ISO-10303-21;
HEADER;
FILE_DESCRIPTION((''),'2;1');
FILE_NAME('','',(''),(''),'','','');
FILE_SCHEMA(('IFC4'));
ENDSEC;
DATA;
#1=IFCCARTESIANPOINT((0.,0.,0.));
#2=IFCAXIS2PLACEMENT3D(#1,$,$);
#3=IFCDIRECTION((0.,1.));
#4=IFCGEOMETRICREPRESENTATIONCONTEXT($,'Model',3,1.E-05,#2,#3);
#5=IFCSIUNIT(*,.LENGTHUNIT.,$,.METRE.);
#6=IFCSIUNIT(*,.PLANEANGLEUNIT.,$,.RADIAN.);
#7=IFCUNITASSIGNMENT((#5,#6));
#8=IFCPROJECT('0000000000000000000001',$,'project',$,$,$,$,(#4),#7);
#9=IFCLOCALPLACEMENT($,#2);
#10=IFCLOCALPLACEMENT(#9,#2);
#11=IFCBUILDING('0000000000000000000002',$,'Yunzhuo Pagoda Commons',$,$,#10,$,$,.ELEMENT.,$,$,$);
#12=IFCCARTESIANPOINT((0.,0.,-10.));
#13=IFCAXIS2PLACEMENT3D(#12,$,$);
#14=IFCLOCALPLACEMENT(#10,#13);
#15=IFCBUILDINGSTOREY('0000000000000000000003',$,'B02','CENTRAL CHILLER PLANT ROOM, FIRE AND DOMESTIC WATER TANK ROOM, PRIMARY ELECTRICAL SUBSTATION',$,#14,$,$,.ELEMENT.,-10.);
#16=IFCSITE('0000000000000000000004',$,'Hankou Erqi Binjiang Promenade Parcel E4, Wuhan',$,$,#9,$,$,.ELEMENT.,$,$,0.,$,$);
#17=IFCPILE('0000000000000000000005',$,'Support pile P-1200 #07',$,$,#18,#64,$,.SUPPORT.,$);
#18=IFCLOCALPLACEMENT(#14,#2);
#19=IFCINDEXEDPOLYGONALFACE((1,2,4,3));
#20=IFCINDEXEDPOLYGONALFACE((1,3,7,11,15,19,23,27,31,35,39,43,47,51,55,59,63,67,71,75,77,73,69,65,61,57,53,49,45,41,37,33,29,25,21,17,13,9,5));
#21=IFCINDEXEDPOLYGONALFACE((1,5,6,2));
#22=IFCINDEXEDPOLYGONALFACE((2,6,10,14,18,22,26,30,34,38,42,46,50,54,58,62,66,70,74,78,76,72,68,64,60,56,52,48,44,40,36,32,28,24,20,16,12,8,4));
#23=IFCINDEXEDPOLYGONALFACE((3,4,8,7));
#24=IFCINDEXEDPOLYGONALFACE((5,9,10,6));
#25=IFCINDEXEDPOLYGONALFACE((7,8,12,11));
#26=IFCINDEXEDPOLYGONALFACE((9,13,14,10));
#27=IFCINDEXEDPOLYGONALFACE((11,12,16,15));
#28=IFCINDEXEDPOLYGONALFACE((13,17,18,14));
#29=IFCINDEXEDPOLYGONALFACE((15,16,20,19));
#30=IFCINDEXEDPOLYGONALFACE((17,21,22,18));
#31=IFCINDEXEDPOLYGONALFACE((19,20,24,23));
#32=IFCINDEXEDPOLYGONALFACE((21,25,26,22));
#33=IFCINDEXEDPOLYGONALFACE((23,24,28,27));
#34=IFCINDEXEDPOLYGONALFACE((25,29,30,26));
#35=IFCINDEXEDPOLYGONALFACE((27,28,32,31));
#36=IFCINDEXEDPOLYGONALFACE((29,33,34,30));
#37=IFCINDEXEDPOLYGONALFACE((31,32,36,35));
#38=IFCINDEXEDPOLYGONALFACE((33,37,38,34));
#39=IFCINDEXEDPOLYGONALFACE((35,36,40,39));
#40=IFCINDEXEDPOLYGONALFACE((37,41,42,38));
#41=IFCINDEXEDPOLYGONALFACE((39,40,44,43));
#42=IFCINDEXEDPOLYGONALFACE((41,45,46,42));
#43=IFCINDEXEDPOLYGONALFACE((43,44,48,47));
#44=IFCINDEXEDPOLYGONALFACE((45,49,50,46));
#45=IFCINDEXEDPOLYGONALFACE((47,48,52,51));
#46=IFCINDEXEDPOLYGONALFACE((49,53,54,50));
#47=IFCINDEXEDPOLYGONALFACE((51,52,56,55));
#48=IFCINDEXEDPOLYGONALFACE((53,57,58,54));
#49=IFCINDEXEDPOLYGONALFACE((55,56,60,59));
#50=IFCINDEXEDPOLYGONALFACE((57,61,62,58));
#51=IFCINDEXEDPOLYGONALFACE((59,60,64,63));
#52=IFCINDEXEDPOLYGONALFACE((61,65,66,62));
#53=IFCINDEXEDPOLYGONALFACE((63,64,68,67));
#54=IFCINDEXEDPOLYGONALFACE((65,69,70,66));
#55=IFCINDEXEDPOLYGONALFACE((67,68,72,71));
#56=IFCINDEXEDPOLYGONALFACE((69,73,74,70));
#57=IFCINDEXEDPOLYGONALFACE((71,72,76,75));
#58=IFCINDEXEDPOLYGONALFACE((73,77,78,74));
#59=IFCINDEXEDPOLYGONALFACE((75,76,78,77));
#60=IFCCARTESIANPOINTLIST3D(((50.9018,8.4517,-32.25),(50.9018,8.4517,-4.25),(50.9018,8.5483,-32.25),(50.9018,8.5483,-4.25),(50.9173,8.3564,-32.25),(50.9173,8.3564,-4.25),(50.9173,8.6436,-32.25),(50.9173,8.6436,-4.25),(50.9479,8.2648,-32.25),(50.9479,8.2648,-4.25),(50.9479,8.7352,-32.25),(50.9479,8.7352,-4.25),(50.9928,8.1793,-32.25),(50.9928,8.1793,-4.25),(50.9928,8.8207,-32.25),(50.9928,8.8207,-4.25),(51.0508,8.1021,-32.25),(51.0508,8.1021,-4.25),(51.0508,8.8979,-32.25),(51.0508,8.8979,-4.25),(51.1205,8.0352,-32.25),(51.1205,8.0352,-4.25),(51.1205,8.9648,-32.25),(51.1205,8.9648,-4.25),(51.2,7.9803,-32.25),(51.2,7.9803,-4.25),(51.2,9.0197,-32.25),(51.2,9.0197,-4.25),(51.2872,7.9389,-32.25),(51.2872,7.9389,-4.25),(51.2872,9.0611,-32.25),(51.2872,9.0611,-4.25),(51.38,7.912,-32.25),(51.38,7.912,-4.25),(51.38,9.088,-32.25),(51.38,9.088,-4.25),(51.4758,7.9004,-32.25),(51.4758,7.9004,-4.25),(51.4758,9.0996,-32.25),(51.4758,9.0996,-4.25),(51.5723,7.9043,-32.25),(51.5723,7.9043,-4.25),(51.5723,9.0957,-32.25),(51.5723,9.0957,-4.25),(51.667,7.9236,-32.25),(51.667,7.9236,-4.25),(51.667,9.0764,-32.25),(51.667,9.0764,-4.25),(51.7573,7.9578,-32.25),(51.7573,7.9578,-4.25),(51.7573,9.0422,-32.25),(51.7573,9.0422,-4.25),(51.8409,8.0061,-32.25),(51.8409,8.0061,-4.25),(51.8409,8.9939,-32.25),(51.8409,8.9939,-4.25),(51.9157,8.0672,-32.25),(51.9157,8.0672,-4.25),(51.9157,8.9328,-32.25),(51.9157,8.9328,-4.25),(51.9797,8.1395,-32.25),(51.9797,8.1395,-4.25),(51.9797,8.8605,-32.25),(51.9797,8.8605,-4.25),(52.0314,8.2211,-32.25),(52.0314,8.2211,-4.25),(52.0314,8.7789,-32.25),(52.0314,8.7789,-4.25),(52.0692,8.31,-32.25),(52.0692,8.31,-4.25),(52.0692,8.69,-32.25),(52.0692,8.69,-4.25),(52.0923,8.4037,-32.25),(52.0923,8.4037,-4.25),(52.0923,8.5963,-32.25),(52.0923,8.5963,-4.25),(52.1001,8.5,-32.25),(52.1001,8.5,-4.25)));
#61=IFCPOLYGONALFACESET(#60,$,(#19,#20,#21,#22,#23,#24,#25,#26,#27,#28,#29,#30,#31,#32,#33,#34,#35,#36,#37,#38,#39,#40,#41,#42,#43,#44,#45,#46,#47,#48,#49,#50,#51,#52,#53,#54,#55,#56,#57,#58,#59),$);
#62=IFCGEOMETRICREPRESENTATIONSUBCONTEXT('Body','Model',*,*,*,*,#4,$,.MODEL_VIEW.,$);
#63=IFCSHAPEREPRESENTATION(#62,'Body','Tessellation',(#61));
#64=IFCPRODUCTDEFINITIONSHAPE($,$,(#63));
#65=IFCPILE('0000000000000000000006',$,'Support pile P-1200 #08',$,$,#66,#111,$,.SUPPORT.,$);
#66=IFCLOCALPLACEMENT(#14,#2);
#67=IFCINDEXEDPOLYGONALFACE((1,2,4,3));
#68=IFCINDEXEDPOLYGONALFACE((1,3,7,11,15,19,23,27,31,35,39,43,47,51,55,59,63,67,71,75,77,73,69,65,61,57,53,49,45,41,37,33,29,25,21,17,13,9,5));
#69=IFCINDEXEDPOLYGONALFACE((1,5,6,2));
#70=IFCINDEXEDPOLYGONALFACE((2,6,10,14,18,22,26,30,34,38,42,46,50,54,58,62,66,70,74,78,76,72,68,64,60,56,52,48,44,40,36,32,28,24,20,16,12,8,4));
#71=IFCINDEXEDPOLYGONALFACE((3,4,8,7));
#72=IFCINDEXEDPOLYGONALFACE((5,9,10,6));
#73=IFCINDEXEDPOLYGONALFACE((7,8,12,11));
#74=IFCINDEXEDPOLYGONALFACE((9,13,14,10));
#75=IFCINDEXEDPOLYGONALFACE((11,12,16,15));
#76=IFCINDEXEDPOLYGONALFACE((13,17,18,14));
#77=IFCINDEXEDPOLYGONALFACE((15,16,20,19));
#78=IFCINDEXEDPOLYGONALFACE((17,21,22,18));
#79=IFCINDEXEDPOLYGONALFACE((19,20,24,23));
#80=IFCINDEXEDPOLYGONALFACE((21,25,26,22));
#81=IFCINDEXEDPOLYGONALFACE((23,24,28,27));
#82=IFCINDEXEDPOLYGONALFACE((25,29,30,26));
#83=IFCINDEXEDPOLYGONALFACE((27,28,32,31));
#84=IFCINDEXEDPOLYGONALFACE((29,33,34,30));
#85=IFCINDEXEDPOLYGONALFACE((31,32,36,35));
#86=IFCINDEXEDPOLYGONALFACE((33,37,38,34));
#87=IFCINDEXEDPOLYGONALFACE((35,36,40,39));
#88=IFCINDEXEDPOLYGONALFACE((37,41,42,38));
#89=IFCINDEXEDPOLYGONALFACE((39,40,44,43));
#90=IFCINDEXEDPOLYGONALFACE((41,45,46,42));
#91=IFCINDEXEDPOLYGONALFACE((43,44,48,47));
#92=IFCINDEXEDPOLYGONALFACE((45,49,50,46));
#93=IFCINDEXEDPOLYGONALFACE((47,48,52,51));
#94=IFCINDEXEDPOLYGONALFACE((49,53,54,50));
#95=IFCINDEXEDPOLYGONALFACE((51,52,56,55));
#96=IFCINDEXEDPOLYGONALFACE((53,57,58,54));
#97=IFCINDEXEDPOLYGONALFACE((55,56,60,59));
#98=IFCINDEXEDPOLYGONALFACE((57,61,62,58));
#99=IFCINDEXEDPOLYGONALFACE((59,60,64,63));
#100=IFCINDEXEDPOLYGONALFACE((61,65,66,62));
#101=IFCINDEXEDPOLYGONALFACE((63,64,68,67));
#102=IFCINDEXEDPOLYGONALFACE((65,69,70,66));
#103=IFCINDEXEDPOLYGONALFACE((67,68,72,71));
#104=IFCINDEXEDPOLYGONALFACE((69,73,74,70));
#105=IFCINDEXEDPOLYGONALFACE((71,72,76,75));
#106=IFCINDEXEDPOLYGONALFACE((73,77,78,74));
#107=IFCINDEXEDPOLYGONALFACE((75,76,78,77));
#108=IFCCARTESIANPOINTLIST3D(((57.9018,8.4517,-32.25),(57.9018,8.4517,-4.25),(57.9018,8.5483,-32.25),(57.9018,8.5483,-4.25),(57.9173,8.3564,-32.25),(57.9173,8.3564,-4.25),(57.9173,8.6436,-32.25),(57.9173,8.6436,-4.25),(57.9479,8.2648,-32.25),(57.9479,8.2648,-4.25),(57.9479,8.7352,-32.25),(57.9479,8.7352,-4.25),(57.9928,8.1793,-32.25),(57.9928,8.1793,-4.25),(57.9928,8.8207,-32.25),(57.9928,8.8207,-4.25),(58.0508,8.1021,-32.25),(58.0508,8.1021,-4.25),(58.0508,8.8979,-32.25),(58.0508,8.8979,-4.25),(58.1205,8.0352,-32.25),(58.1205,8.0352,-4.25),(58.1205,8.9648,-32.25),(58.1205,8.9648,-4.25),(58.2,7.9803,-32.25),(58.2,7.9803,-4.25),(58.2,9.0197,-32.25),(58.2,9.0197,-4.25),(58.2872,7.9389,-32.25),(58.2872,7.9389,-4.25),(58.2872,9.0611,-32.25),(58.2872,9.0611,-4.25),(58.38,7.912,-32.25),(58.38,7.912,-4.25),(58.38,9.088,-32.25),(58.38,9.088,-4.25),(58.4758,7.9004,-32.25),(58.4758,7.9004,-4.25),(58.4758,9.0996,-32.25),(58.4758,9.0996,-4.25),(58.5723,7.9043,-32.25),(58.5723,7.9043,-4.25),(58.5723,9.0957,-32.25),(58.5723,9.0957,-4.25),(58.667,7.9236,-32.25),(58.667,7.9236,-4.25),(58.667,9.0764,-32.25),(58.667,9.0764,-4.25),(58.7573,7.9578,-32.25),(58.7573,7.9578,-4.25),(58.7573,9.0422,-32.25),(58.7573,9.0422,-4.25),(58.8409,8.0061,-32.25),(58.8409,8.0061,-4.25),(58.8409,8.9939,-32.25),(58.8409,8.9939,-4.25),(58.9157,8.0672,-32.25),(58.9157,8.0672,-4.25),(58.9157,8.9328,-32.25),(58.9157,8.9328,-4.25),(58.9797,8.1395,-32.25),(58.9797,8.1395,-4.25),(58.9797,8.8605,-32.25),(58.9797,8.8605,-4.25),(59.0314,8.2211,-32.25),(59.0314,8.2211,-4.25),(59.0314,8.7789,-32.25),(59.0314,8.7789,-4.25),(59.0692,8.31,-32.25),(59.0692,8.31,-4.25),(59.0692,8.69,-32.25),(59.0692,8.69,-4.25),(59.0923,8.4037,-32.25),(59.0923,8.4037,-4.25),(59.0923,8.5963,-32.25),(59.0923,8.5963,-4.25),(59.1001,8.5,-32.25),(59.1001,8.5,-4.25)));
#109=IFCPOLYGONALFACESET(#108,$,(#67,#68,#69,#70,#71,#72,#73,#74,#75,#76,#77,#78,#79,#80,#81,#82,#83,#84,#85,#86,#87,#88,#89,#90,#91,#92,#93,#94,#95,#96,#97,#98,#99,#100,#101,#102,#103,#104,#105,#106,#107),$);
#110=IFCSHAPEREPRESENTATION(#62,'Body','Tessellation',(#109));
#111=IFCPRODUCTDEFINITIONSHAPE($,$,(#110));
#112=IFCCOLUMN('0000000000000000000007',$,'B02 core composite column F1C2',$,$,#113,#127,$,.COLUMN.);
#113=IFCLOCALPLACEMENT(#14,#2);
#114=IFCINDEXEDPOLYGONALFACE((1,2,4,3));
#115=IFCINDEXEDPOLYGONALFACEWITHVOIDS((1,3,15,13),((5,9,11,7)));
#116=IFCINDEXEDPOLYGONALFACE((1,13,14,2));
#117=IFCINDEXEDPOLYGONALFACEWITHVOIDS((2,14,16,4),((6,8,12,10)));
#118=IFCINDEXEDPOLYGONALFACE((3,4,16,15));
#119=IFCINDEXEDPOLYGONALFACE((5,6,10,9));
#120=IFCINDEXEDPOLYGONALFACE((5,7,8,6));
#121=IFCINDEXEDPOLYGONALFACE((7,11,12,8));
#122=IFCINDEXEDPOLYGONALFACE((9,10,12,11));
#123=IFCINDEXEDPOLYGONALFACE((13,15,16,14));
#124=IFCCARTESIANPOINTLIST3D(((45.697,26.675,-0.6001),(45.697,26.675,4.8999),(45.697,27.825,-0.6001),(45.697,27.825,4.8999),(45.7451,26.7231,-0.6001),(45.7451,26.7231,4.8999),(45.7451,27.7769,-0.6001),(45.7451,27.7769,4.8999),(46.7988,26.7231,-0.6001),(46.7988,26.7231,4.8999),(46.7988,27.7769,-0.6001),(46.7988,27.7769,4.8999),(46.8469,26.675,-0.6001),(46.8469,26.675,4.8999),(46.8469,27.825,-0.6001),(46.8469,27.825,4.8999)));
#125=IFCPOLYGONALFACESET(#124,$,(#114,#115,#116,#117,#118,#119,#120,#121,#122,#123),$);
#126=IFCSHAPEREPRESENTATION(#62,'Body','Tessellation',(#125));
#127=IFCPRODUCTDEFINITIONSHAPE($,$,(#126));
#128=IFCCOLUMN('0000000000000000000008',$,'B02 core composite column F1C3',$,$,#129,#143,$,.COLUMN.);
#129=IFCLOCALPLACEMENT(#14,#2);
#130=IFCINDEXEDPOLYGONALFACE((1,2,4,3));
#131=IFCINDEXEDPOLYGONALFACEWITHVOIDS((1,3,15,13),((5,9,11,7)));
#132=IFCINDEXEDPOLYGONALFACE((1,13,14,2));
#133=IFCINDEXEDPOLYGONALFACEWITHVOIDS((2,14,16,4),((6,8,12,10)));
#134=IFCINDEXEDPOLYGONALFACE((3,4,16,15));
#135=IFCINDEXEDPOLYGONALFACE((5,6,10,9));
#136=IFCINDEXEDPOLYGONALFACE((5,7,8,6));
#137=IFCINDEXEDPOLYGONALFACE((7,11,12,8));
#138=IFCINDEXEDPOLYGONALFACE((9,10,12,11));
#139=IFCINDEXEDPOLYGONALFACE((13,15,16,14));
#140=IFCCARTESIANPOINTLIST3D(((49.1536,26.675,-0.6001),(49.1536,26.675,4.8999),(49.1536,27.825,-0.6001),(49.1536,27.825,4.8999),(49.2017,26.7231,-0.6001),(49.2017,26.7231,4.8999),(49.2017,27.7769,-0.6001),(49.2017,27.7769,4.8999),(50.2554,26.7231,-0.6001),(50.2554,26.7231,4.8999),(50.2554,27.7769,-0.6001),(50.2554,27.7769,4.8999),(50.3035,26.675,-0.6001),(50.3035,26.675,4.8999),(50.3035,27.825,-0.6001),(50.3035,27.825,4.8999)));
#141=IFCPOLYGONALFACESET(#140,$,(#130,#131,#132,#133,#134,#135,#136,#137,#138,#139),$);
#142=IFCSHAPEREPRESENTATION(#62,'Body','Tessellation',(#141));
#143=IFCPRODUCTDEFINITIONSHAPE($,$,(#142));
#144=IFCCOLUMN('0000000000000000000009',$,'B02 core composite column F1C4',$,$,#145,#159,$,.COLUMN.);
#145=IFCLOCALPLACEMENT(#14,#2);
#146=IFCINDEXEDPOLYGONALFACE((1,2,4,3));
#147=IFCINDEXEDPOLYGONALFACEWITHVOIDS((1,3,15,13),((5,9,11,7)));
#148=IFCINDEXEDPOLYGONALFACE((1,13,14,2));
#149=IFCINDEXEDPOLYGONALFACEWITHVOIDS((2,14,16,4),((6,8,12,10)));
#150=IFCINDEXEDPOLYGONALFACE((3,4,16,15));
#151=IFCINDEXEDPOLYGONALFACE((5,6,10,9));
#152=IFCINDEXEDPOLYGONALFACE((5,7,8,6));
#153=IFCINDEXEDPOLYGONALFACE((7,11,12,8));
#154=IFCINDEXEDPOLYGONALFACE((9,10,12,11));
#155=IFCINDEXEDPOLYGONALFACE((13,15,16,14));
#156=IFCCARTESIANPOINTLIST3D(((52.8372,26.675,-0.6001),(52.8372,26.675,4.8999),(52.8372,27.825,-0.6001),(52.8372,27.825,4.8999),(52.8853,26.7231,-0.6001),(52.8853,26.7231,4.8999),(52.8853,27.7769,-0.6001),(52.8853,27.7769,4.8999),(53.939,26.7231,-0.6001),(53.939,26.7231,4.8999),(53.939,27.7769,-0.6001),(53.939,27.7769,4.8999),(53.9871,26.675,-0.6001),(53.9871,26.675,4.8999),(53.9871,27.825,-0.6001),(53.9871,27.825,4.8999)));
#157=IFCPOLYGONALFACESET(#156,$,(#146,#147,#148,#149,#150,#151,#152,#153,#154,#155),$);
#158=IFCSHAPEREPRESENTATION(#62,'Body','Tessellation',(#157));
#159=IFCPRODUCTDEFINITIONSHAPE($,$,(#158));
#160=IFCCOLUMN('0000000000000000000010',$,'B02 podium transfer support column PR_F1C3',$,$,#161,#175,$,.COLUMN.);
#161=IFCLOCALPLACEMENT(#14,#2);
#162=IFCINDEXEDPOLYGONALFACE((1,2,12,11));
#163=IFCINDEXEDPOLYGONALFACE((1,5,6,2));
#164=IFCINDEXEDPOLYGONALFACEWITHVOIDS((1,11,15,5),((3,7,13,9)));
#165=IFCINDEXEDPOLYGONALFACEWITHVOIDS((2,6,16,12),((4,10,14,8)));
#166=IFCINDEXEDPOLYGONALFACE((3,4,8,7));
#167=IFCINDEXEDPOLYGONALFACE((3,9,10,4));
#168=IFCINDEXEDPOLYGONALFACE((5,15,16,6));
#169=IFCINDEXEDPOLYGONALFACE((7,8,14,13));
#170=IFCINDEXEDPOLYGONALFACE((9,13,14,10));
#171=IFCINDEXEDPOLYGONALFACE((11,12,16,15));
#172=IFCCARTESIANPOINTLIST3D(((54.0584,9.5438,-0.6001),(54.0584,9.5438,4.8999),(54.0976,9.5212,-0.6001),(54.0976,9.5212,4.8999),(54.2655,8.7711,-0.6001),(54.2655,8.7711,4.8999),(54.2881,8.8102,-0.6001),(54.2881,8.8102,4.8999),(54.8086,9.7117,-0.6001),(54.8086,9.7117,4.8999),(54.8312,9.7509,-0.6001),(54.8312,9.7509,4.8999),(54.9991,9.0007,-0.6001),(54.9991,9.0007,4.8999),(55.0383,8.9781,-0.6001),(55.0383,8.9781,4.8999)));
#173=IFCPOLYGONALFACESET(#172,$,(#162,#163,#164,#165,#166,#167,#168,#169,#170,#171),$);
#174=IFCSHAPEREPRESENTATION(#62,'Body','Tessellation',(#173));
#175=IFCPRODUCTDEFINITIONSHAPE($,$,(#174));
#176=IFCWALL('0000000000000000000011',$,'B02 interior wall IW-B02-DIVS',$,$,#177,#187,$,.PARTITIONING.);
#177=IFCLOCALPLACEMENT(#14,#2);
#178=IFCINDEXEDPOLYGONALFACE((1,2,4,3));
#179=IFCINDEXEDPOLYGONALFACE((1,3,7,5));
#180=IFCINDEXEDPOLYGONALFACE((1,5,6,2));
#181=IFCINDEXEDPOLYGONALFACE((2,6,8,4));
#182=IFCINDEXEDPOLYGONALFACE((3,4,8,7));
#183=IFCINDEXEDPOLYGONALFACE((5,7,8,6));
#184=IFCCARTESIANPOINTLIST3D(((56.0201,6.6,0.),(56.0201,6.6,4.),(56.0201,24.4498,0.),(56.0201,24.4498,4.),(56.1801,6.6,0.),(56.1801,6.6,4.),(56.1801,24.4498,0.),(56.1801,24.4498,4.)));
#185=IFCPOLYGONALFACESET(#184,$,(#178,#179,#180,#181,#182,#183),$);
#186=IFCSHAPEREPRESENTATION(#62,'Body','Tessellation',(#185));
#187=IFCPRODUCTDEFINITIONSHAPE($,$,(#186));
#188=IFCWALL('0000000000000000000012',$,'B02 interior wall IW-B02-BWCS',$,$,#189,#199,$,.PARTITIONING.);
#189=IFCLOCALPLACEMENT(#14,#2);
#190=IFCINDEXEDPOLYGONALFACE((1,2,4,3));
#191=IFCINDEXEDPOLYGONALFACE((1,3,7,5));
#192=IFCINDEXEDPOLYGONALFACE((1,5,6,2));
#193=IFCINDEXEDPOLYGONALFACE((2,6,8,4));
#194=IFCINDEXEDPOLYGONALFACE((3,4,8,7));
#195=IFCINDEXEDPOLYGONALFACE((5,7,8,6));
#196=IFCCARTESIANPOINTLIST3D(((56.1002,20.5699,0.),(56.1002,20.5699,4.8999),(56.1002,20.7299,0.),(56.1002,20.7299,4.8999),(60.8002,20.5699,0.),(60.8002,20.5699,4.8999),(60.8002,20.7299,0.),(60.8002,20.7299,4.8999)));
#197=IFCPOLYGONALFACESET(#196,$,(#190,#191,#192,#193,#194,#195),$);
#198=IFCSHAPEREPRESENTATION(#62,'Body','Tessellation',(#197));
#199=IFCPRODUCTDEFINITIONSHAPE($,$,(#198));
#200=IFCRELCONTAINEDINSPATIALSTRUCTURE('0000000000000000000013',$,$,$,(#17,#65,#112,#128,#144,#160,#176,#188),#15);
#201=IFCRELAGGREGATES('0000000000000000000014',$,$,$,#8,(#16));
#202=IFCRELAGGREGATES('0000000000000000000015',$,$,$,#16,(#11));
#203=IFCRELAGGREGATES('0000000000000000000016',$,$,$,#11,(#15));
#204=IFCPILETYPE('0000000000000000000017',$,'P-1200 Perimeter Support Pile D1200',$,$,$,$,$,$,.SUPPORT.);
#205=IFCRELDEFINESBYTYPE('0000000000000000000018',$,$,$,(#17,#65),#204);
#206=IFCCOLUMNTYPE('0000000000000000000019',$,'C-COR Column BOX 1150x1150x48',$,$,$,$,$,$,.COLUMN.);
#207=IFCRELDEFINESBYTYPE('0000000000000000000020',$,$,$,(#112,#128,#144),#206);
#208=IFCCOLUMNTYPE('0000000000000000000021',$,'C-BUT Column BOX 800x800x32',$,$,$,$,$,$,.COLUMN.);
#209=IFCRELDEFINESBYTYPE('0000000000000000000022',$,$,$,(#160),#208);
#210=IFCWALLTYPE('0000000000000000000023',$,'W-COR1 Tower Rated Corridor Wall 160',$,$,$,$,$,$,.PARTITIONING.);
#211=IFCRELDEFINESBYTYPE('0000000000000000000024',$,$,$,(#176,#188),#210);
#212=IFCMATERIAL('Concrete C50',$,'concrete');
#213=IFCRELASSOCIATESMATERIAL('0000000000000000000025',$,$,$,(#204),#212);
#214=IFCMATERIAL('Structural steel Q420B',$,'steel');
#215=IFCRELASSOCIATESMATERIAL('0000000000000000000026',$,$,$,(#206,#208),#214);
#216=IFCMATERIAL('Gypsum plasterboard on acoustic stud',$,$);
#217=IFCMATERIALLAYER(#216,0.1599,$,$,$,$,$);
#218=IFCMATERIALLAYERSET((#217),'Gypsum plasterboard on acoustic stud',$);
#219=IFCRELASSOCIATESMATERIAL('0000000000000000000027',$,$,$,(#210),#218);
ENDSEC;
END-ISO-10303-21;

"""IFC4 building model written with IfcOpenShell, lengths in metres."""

from ifc_helpers import new_model, si_unit, direction, frame, frame_2d, origin, origin_2d, place, context, subcontext, project, spatial, rectangle, hollow_rectangle, circle, extrude, source, transform, mapped, material, layer, layer_set, material_profile, profile_set, type_object, element, save


model = new_model("IFC4")

# Units and contexts
model_context = context("Model", 3, precision=1e-05, world=origin(), true_north=direction((0.0, 1.0)))
body_context = subcontext(model_context, "Body", "Model", "MODEL_VIEW")
ifc_project = project(units=[si_unit("LENGTHUNIT", "METRE"), si_unit("PLANEANGLEUNIT", "RADIAN")], contexts=[model_context])

# Site, building, storey
site_placement = place(None, origin())
site = spatial("IfcSite", under=ifc_project, at=site_placement, Name="Hankou Erqi Binjiang Promenade Parcel E4, Wuhan", CompositionType="ELEMENT", RefElevation=0.0)
building_placement = place(site_placement, origin())
building = spatial("IfcBuilding", under=site, at=building_placement, Name="Yunzhuo Pagoda Commons", CompositionType="ELEMENT")
storey_placement = place(building_placement, frame((0.0, 0.0, -10.0)))
storey = spatial("IfcBuildingStorey", under=building, at=storey_placement, Name="B02", Description="CENTRAL CHILLER PLANT ROOM, FIRE AND DOMESTIC WATER TANK ROOM, PRIMARY ELECTRICAL SUBSTATION", CompositionType="ELEMENT", Elevation=-10.0)

# Piles
ifc_material_1 = material(Name="Concrete C50", Category="concrete")
ifc_material_profile_1 = material_profile(ifc_material_1, circle(Radius=0.6001, at=origin_2d()), Name="Concrete C50")
ifc_profile_set_1 = profile_set([ifc_material_profile_1], Name="Concrete C50")
pile_type_1 = type_object("IfcPileType", Name="P-1200 Perimeter Support Pile D1200", PredefinedType="SUPPORT", material=ifc_profile_set_1)
shared_shape_1 = source(origin(), body_context, "Body", "SweptSolid", [
    extrude(circle(Radius=0.6001, at=origin_2d()), origin(), (0.0, 0.0, 1.0), 28.0),
])
for number, where, z_axis, x_axis, name in (
    (1, (51.5, 8.5, -4.25), (0.0, 0.0, -1.0), (1.0, 0.0, 0.0), "Support pile P-1200 #07"),
    (2, (58.5, 8.5, -4.25), (0.0, 0.0, -1.0), (1.0, 0.0, 0.0), "Support pile P-1200 #08"),
):
    element("IfcPile", number, at=place(storey_placement, frame(where, z_axis=z_axis, x_axis=x_axis)), inside=storey, type_object=pile_type_1, Name=name, PredefinedType="SUPPORT", context=body_context, shape_type="MappedRepresentation", body=[
        mapped(shared_shape_1, transform((0.0, 0.0, 0.0), scale=1.0)),
    ])

# Columns
ifc_material_2 = material(Name="Structural steel Q420B", Category="steel")
ifc_material_profile_2 = material_profile(ifc_material_2, hollow_rectangle(XDim=1.1499, YDim=1.1499, WallThickness=0.0481, at=origin_2d()), Name="Structural steel Q420B")
ifc_profile_set_2 = profile_set([ifc_material_profile_2], Name="Structural steel Q420B")
column_type_1 = type_object("IfcColumnType", Name="C-COR Column BOX 1150x1150x48", PredefinedType="COLUMN", material=ifc_profile_set_2)
shared_shape_2 = source(origin(), body_context, "Body", "SweptSolid", [
    extrude(hollow_rectangle(XDim=1.1499, YDim=1.1499, WallThickness=0.0481, at=origin_2d()), origin(), (0.0, 0.0, 1.0), 5.5),
])
for number, where, z_axis, x_axis, name in (
    (3, (46.272, 27.25, -0.6001), (0.0, 0.0, 1.0), (1.0, 0.0, 0.0), "B02 core composite column F1C2"),
    (4, (49.7285, 27.25, -0.6001), (0.0, 0.0, 1.0), (1.0, 0.0, 0.0), "B02 core composite column F1C3"),
    (5, (53.4121, 27.25, -0.6001), (0.0, 0.0, 1.0), (1.0, 0.0, 0.0), "B02 core composite column F1C4"),
):
    element("IfcColumn", number, at=place(storey_placement, frame(where, z_axis=z_axis, x_axis=x_axis)), inside=storey, type_object=column_type_1, Name=name, PredefinedType="COLUMN", context=body_context, shape_type="MappedRepresentation", body=[
        mapped(shared_shape_2, transform((0.0, 0.0, 0.0), scale=1.0)),
    ])
ifc_material_profile_3 = material_profile(ifc_material_2, hollow_rectangle(XDim=0.8, YDim=0.8, WallThickness=0.032, at=origin_2d()), Name="Structural steel Q420B")
ifc_profile_set_3 = profile_set([ifc_material_profile_3], Name="Structural steel Q420B")
column_type_2 = type_object("IfcColumnType", Name="C-BUT Column BOX 800x800x32", PredefinedType="COLUMN", material=ifc_profile_set_3)
shared_shape_3 = source(origin(), body_context, "Body", "SweptSolid", [
    extrude(hollow_rectangle(XDim=0.8, YDim=0.8, WallThickness=0.032, at=origin_2d()), origin(), (0.0, 0.0, 1.0), 5.5),
])
column_placement = place(storey_placement, frame((54.5483, 9.261, -0.6001), z_axis=(0.0, 0.0, 1.0), x_axis=(0.965926, 0.258819, 0.0)))
element("IfcColumn", 6, at=column_placement, inside=storey, type_object=column_type_2, Name="B02 podium transfer support column PR_F1C3", PredefinedType="COLUMN", context=body_context, shape_type="MappedRepresentation", body=[
    mapped(shared_shape_3, transform((0.0, 0.0, 0.0), scale=1.0)),
])

# Walls
ifc_material_3 = material(Name="Gypsum plasterboard on acoustic stud")
ifc_layer_1 = layer(ifc_material_3, 0.1599)
ifc_layer_set_1 = layer_set([ifc_layer_1], Name="Gypsum plasterboard on acoustic stud")
wall_type_1 = type_object("IfcWallType", Name="W-COR1 Tower Rated Corridor Wall 160", PredefinedType="PARTITIONING", material=ifc_layer_set_1)
wall_1_placement = place(storey_placement, frame((56.1001, 6.6001, 0.0), z_axis=(0.0, 0.0, 1.0), x_axis=(0.0, 1.0, 0.0)))
element("IfcWall", 7, at=wall_1_placement, inside=storey, type_object=wall_type_1, Name="B02 interior wall IW-B02-DIVS", PredefinedType="PARTITIONING", context=body_context, shape_type="SweptSolid", body=[
    extrude(rectangle(XDim=17.8499, YDim=0.1599, at=frame_2d((8.9248, 0.0))), origin(), (0.0, 0.0, 1.0), 4.0),
])
wall_2_placement = place(storey_placement, frame((56.1001, 20.6499, 0.0), z_axis=(0.0, 0.0, 1.0), x_axis=(1.0, 0.0, 0.0)))
element("IfcWall", 8, at=wall_2_placement, inside=storey, type_object=wall_type_1, Name="B02 interior wall IW-B02-BWCS", PredefinedType="PARTITIONING", context=body_context, shape_type="SweptSolid", body=[
    extrude(rectangle(XDim=4.7, YDim=0.1599, at=frame_2d((2.3501, 0.0))), origin(), (0.0, 0.0, 1.0), 4.8999),
])

save(model, "model.ifc")
